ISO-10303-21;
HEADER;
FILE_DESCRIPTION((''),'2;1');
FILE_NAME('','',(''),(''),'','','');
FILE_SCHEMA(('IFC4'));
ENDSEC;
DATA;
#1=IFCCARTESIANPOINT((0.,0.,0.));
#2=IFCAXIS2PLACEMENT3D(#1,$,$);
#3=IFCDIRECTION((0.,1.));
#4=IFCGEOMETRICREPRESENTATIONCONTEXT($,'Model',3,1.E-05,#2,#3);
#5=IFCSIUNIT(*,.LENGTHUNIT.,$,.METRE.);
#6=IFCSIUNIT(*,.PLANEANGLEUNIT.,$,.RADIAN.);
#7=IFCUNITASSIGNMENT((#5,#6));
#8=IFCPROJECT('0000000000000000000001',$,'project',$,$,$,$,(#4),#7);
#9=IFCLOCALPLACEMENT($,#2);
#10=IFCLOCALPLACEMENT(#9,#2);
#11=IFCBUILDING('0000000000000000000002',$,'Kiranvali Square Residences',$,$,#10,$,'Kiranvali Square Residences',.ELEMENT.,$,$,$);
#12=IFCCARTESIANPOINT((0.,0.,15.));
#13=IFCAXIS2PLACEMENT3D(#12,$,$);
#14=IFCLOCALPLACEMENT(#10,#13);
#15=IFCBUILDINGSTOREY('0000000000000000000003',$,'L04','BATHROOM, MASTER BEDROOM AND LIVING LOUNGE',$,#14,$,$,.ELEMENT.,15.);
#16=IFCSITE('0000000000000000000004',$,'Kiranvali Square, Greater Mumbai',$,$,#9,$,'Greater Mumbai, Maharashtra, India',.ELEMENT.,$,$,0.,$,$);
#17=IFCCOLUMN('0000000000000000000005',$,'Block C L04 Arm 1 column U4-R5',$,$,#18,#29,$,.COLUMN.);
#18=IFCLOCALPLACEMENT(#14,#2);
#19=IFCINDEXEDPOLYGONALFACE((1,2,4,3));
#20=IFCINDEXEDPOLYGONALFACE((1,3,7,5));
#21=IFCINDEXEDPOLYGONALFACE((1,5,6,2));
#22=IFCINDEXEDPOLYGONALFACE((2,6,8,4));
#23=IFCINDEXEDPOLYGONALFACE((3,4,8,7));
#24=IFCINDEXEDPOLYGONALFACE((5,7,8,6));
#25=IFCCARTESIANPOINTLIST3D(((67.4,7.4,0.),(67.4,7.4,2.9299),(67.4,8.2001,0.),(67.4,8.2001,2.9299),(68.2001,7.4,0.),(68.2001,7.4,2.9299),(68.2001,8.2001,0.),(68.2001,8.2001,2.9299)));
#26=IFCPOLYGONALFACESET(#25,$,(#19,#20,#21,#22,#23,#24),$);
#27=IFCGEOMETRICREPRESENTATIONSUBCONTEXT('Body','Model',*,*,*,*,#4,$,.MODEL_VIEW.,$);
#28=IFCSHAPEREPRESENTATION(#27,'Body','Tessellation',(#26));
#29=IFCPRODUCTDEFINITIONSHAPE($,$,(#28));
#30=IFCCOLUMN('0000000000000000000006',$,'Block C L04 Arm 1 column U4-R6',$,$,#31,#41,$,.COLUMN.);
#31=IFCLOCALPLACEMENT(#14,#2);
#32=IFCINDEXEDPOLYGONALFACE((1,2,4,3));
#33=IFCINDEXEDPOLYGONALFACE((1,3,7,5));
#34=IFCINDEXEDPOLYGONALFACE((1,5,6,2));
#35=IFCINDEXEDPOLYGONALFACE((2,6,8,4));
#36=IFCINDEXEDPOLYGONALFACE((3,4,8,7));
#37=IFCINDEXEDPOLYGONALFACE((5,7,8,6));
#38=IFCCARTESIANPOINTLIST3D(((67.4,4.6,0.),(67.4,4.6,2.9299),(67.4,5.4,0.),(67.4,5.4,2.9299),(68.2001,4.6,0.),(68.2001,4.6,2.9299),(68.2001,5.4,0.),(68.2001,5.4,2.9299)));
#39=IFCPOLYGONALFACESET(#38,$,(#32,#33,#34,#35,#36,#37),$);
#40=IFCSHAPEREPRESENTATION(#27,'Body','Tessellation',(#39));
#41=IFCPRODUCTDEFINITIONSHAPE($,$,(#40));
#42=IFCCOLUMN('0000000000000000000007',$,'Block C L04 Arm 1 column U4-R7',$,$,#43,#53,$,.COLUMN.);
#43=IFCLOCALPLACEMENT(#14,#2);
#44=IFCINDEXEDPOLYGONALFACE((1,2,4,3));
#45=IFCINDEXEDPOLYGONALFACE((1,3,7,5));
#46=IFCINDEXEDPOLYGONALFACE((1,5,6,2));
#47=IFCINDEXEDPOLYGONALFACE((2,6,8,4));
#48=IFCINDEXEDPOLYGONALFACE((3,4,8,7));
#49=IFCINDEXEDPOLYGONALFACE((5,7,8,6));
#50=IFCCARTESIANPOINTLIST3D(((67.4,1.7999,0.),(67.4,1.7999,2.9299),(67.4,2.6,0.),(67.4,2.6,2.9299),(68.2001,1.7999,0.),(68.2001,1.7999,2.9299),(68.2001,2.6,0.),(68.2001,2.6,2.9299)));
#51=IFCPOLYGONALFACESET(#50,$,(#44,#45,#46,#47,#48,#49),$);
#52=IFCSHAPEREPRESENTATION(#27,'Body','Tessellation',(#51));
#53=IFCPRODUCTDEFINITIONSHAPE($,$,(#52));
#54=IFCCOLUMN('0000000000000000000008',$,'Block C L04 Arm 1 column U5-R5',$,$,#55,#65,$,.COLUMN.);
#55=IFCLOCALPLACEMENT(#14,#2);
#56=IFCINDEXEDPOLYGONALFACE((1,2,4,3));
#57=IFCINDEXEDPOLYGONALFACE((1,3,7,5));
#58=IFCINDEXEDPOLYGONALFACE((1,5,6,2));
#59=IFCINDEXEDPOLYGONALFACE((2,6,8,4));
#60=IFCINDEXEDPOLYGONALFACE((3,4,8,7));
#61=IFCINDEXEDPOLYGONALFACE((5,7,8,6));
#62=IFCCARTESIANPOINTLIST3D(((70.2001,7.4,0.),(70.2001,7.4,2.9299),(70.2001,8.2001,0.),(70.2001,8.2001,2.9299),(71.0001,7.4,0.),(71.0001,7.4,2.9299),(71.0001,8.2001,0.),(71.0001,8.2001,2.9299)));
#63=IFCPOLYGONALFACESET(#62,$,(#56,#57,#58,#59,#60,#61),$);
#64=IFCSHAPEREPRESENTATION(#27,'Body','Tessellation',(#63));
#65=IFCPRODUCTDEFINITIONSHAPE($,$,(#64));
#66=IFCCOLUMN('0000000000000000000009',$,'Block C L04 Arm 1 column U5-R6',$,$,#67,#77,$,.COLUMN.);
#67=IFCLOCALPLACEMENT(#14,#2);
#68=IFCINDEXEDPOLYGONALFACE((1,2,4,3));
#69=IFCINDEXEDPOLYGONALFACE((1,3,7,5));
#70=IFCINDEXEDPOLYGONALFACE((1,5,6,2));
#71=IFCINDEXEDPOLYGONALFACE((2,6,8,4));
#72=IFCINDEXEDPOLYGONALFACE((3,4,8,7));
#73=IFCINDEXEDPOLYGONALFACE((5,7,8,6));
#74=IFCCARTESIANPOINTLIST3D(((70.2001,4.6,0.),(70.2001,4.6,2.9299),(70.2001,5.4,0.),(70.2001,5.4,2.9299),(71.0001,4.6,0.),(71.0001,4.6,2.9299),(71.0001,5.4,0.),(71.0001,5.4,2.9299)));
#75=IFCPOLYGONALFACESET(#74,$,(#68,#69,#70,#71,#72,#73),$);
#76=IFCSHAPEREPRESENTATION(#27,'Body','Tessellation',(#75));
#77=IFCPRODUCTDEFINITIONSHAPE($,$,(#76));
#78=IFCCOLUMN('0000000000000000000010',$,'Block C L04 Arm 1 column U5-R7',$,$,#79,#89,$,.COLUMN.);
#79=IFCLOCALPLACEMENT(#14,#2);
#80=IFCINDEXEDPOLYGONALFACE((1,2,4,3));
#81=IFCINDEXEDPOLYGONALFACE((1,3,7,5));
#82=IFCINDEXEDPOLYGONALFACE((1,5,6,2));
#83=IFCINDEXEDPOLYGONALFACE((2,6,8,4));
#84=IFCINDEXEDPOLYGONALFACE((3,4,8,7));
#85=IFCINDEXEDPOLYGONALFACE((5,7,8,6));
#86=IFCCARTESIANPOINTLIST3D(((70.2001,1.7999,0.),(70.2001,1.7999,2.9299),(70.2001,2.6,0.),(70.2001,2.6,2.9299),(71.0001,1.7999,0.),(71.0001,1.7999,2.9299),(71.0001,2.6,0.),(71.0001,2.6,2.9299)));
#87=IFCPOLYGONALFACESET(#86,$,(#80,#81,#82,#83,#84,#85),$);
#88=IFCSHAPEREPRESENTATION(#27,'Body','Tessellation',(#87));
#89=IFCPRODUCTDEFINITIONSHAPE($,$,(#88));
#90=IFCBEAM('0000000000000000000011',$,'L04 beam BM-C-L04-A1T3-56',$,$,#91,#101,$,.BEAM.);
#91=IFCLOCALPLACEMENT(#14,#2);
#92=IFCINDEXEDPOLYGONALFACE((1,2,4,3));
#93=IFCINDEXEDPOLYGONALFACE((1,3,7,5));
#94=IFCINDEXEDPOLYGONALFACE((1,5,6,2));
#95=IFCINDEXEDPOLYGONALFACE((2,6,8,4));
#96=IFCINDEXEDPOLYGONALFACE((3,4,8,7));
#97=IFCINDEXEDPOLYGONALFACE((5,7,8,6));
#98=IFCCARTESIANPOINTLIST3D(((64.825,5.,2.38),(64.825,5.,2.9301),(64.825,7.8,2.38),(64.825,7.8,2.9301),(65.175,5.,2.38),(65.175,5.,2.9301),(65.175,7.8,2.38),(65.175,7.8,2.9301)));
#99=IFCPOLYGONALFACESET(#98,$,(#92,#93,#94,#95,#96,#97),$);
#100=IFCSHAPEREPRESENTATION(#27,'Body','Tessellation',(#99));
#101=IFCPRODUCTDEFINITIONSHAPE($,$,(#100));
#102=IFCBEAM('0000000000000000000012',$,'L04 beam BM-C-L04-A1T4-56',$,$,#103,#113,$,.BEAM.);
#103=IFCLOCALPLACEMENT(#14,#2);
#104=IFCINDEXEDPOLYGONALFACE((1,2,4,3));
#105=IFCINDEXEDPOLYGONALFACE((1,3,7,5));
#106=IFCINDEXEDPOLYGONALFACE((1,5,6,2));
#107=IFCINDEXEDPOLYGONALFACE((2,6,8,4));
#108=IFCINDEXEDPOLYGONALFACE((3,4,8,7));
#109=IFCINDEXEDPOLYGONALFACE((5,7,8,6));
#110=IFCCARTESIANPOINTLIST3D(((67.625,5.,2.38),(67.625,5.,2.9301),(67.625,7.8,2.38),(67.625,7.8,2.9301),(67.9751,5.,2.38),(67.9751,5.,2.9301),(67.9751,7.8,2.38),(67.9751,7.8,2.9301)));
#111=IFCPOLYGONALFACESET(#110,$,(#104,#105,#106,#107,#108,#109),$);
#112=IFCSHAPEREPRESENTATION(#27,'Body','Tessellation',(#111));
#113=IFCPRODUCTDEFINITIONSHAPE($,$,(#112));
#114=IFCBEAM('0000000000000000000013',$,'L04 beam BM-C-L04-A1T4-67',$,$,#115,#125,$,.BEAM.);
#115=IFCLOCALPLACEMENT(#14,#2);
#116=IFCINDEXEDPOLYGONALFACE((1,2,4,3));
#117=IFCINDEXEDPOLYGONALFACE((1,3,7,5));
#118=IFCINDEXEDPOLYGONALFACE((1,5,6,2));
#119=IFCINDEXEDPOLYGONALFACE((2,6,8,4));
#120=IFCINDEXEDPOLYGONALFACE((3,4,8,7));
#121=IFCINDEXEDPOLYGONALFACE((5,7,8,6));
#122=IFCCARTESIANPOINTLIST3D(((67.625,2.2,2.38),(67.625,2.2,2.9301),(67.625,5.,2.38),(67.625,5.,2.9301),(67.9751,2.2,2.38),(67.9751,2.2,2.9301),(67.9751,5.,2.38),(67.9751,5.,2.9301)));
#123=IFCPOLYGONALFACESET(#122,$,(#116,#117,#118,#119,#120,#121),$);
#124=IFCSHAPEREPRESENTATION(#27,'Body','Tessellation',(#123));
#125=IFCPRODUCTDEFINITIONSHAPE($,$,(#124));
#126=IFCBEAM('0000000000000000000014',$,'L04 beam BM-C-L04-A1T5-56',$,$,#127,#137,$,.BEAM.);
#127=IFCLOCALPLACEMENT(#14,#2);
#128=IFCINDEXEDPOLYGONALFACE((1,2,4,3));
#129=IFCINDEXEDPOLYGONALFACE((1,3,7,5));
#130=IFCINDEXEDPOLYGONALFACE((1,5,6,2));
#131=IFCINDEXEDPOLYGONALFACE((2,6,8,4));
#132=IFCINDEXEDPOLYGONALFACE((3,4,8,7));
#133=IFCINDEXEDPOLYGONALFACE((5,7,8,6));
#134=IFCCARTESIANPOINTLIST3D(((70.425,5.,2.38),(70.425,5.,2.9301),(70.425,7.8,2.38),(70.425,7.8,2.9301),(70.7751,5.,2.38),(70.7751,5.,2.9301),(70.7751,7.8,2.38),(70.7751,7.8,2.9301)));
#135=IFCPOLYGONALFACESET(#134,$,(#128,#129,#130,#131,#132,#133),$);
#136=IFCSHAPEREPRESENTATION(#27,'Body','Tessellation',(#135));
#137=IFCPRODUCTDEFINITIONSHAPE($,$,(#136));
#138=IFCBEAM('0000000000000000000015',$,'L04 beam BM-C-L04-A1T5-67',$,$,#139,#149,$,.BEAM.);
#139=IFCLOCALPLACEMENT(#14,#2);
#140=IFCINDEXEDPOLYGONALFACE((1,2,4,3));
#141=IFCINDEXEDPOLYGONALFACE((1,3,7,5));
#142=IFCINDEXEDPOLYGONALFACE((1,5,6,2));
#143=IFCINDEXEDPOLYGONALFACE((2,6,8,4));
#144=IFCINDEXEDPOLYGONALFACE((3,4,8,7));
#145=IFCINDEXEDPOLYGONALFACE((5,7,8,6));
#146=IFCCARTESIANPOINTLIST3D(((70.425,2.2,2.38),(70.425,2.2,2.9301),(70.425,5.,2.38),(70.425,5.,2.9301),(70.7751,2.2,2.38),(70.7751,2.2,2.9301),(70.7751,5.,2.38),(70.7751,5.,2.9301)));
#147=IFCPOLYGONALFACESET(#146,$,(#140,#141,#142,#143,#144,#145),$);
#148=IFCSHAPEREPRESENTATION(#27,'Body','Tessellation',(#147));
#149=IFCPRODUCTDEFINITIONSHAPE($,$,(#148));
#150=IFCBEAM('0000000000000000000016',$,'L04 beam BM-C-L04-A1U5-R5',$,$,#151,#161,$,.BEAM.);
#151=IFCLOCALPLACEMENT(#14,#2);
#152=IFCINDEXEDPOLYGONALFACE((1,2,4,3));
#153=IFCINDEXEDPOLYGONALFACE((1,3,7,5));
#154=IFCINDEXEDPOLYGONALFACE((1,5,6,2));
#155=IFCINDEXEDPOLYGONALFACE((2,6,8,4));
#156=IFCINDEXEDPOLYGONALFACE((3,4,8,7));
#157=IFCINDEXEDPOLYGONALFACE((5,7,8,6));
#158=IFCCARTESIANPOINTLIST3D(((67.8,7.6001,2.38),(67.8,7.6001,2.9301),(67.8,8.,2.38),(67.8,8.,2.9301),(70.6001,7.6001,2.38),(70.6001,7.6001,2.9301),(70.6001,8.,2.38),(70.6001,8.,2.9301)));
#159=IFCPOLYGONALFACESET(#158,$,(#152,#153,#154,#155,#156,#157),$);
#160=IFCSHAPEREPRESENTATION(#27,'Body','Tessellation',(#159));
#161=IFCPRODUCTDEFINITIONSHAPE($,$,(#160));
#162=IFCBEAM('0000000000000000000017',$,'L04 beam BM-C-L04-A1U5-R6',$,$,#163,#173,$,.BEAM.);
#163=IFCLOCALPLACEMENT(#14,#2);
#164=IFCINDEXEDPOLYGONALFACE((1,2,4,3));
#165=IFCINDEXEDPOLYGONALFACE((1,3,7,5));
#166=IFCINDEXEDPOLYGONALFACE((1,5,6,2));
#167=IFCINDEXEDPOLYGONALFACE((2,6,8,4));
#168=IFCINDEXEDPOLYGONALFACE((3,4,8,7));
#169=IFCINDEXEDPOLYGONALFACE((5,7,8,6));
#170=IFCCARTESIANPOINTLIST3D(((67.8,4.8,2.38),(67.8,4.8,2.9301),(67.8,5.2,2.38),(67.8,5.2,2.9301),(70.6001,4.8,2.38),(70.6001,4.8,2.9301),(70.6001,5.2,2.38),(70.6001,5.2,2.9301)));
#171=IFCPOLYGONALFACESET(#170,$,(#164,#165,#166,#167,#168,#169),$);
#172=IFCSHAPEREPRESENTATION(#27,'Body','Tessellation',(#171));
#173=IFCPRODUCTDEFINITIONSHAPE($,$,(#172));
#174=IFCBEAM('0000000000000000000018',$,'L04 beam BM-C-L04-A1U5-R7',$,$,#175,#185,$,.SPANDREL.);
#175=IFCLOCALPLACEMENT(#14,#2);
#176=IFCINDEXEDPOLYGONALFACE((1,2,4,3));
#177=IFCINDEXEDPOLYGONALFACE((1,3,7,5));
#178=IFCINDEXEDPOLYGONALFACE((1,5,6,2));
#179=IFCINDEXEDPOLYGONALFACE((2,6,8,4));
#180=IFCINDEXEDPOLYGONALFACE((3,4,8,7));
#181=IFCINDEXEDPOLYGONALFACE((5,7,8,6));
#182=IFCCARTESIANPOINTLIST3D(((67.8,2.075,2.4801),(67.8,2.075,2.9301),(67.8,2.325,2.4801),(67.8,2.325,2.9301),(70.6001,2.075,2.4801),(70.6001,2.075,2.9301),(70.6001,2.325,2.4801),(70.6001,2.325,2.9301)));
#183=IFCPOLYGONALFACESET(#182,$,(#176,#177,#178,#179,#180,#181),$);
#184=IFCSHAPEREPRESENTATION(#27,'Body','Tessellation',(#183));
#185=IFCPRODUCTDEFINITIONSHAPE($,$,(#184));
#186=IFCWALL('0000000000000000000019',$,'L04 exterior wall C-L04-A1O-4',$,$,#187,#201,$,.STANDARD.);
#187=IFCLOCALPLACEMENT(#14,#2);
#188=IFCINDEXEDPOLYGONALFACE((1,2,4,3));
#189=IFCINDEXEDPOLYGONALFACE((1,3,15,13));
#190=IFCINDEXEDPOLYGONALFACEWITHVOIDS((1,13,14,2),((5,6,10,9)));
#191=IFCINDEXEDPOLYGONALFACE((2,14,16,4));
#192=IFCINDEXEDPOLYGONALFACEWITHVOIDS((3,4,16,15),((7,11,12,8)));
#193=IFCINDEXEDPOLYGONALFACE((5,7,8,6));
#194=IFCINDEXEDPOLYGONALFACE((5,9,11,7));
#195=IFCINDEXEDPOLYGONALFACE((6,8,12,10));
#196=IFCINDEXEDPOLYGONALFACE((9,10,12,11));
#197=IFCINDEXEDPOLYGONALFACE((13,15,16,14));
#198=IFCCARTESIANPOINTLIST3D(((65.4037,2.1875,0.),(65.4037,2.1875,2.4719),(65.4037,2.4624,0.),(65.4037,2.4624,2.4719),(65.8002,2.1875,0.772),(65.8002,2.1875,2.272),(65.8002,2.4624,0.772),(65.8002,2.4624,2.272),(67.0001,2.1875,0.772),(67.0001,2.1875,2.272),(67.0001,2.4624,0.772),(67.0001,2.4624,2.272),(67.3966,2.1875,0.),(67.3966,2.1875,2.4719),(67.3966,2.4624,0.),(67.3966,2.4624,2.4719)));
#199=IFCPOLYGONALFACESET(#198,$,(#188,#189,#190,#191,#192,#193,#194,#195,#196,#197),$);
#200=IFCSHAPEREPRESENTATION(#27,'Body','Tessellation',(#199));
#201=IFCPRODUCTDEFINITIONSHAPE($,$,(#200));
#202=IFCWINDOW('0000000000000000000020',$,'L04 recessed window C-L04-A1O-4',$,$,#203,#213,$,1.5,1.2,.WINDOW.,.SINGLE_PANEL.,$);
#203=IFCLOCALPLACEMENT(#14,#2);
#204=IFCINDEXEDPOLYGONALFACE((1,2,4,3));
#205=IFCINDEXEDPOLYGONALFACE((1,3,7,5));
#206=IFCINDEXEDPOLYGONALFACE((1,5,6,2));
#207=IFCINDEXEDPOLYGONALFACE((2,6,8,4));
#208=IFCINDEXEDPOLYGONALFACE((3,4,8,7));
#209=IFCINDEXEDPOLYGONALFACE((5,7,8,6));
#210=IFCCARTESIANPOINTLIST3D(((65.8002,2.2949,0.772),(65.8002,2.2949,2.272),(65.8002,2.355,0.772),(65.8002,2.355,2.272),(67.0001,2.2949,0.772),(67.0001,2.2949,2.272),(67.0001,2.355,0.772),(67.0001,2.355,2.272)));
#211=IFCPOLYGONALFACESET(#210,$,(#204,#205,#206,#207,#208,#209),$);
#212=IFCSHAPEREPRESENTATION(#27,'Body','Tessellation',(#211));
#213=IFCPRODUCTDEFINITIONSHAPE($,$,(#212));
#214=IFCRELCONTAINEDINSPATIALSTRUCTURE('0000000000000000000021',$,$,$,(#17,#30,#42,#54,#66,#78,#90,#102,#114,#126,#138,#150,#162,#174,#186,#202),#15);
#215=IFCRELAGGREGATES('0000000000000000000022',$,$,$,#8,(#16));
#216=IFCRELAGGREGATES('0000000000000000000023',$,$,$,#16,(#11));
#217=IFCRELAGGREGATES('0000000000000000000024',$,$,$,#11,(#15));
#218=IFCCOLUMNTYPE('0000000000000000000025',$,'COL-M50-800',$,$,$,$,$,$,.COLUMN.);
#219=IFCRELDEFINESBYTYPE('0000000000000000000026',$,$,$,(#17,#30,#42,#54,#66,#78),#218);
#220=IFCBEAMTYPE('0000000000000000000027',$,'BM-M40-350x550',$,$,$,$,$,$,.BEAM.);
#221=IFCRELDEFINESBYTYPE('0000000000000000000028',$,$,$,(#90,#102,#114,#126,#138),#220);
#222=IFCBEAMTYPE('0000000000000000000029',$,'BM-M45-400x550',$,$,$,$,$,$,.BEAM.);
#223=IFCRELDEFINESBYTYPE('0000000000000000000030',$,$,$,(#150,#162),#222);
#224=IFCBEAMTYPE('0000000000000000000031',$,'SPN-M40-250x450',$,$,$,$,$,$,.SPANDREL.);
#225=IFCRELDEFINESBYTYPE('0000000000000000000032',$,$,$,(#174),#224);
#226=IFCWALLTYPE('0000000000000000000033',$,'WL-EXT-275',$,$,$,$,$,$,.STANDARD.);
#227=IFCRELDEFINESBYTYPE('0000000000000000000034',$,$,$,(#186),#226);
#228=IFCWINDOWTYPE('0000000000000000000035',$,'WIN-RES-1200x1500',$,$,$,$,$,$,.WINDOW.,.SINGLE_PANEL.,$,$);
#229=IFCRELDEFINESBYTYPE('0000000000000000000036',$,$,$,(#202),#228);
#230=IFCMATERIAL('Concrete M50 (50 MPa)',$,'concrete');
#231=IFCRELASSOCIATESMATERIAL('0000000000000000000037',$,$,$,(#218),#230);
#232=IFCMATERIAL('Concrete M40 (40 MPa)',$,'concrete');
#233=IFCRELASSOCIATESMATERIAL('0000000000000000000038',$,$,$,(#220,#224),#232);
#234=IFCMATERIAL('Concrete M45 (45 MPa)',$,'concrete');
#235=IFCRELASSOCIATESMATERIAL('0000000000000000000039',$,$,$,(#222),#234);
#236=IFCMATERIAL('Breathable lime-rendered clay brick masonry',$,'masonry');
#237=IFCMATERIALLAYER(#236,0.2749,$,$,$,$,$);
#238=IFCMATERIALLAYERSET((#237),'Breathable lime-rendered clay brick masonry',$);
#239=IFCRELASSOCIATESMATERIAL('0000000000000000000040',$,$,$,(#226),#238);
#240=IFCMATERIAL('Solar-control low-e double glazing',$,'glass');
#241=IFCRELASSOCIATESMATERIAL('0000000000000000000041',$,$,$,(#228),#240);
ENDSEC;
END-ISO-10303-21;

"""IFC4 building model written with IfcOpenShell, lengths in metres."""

from ifc_helpers import new_model, si_unit, direction, frame, frame_2d, origin, origin_2d, place, context, subcontext, project, spatial, rectangle, extrude, material, layer, layer_set, material_profile, profile_set, type_object, element, fill, save


model = new_model("IFC4")

# Units and contexts
model_context = context("Model", 3, precision=1e-05, world=origin(), true_north=direction((0.0, 1.0)))
body_context = subcontext(model_context, "Body", "Model", "MODEL_VIEW")
ifc_project = project(units=[si_unit("LENGTHUNIT", "METRE"), si_unit("PLANEANGLEUNIT", "RADIAN")], contexts=[model_context])

# Site, building, storey
site_placement = place(None, origin())
site = spatial("IfcSite", under=ifc_project, at=site_placement, Name="Kiranvali Square, Greater Mumbai", LongName="Greater Mumbai, Maharashtra, India", CompositionType="ELEMENT", RefElevation=0.0)
building_placement = place(site_placement, origin())
building = spatial("IfcBuilding", under=site, at=building_placement, Name="Kiranvali Square Residences", LongName="Kiranvali Square Residences", CompositionType="ELEMENT")
storey_placement = place(building_placement, frame((0.0, 0.0, 15.0)))
storey = spatial("IfcBuildingStorey", under=building, at=storey_placement, Name="L04", Description="BATHROOM, MASTER BEDROOM AND LIVING LOUNGE", CompositionType="ELEMENT", Elevation=15.0)

# Columns
ifc_material_1 = material(Name="Concrete M50 (50 MPa)", Category="concrete")
ifc_material_profile_1 = material_profile(ifc_material_1, rectangle(XDim=0.8, YDim=0.8, at=origin_2d()), Name="RC 800x800")
ifc_profile_set_1 = profile_set([ifc_material_profile_1], Name="Concrete M50 (50 MPa)")
column_type = type_object("IfcColumnType", Name="COL-M50-800", PredefinedType="COLUMN", material=ifc_profile_set_1)
for number, where, z_axis, x_axis, name in (
    (1, (67.8, 7.8, 0.0), (0.0, 0.0, 1.0), (1.0, 0.0, 0.0), "Block C L04 Arm 1 column U4-R5"),
    (2, (67.8, 5.0, 0.0), (0.0, 0.0, 1.0), (1.0, 0.0, 0.0), "Block C L04 Arm 1 column U4-R6"),
    (3, (67.8, 2.2, 0.0), (0.0, 0.0, 1.0), (1.0, 0.0, 0.0), "Block C L04 Arm 1 column U4-R7"),
    (4, (70.6001, 7.8, 0.0), (0.0, 0.0, 1.0), (1.0, 0.0, 0.0), "Block C L04 Arm 1 column U5-R5"),
    (5, (70.6001, 5.0, 0.0), (0.0, 0.0, 1.0), (1.0, 0.0, 0.0), "Block C L04 Arm 1 column U5-R6"),
    (6, (70.6001, 2.2, 0.0), (0.0, 0.0, 1.0), (1.0, 0.0, 0.0), "Block C L04 Arm 1 column U5-R7"),
):
    element("IfcColumn", number, at=place(storey_placement, frame(where, z_axis=z_axis, x_axis=x_axis)), inside=storey, type_object=column_type, Name=name, PredefinedType="COLUMN", context=body_context, shape_type="SweptSolid", body=[
        extrude(rectangle(XDim=0.8, YDim=0.8, at=origin_2d()), origin(), (0.0, 0.0, 1.0), 2.9299),
    ])

# Beams
ifc_material_2 = material(Name="Concrete M40 (40 MPa)", Category="concrete")
ifc_material_profile_2 = material_profile(ifc_material_2, rectangle(XDim=0.3501, YDim=0.55, at=origin_2d()), Name="RC 350x550")
ifc_profile_set_2 = profile_set([ifc_material_profile_2], Name="Concrete M40 (40 MPa)")
beam_type_1 = type_object("IfcBeamType", Name="BM-M40-350x550", PredefinedType="BEAM", material=ifc_profile_set_2)
for number, where, z_axis, x_axis, name in (
    (7, (65.0, 7.8, 2.655), (0.0, -1.0, 0.0), (1.0, 0.0, 0.0), "L04 beam BM-C-L04-A1T3-56"),
    (8, (67.8, 7.8, 2.655), (0.0, -1.0, 0.0), (1.0, 0.0, 0.0), "L04 beam BM-C-L04-A1T4-56"),
    (9, (67.8, 5.0, 2.655), (0.0, -1.0, 0.0), (1.0, 0.0, 0.0), "L04 beam BM-C-L04-A1T4-67"),
    (10, (70.6001, 7.8, 2.655), (0.0, -1.0, 0.0), (1.0, 0.0, 0.0), "L04 beam BM-C-L04-A1T5-56"),
    (11, (70.6001, 5.0, 2.655), (0.0, -1.0, 0.0), (1.0, 0.0, 0.0), "L04 beam BM-C-L04-A1T5-67"),
):
    element("IfcBeam", number, at=place(storey_placement, frame(where, z_axis=z_axis, x_axis=x_axis)), inside=storey, type_object=beam_type_1, Name=name, PredefinedType="BEAM", context=body_context, shape_type="SweptSolid", body=[
        extrude(rectangle(XDim=0.3501, YDim=0.55, at=origin_2d()), origin(), (0.0, 0.0, 1.0), 2.8),
    ])
ifc_material_3 = material(Name="Concrete M45 (45 MPa)", Category="concrete")
ifc_material_profile_3 = material_profile(ifc_material_3, rectangle(XDim=0.3999, YDim=0.55, at=origin_2d()), Name="RC 400x550")
ifc_profile_set_3 = profile_set([ifc_material_profile_3], Name="Concrete M45 (45 MPa)")
beam_type_2 = type_object("IfcBeamType", Name="BM-M45-400x550", PredefinedType="BEAM", material=ifc_profile_set_3)
for number, where, z_axis, x_axis, name in (
    (12, (67.8, 7.8, 2.655), (1.0, 0.0, 0.0), (0.0, 1.0, 0.0), "L04 beam BM-C-L04-A1U5-R5"),
    (13, (67.8, 5.0, 2.655), (1.0, 0.0, 0.0), (0.0, 1.0, 0.0), "L04 beam BM-C-L04-A1U5-R6"),
):
    element("IfcBeam", number, at=place(storey_placement, frame(where, z_axis=z_axis, x_axis=x_axis)), inside=storey, type_object=beam_type_2, Name=name, PredefinedType="BEAM", context=body_context, shape_type="SweptSolid", body=[
        extrude(rectangle(XDim=0.3999, YDim=0.55, at=origin_2d()), origin(), (0.0, 0.0, 1.0), 2.8),
    ])
ifc_material_profile_4 = material_profile(ifc_material_2, rectangle(XDim=0.25, YDim=0.45, at=origin_2d()), Name="RC 250x450")
ifc_profile_set_4 = profile_set([ifc_material_profile_4], Name="Concrete M40 (40 MPa)")
beam_type_3 = type_object("IfcBeamType", Name="SPN-M40-250x450", PredefinedType="SPANDREL", material=ifc_profile_set_4)
beam_placement = place(storey_placement, frame((67.8, 2.2, 2.7051), z_axis=(1.0, 0.0, 0.0), x_axis=(0.0, 1.0, 0.0)))
element("IfcBeam", 14, at=beam_placement, inside=storey, type_object=beam_type_3, Name="L04 beam BM-C-L04-A1U5-R7", PredefinedType="SPANDREL", context=body_context, shape_type="SweptSolid", body=[
    extrude(rectangle(XDim=0.25, YDim=0.45, at=origin_2d()), origin(), (0.0, 0.0, 1.0), 2.8),
])

# Wall, opening, window
ifc_material_4 = material(Name="Breathable lime-rendered clay brick masonry", Category="masonry")
ifc_layer = layer(ifc_material_4, 0.2749)
ifc_layer_set = layer_set([ifc_layer], Name="Breathable lime-rendered clay brick masonry")
wall_type = type_object("IfcWallType", Name="WL-EXT-275", PredefinedType="STANDARD", material=ifc_layer_set)
wall_1_placement = place(storey_placement, frame((65.4036, 2.325, 0.0), z_axis=(0.0, 0.0, 1.0), x_axis=(1.0, 0.0, 0.0)))
wall_1 = element("IfcWall", 15, at=wall_1_placement, inside=storey, type_object=wall_type, Name="L04 exterior wall C-L04-A1O-4", PredefinedType="STANDARD", context=body_context, shape_type="SweptSolid", body=[
    extrude(rectangle(XDim=1.9929, YDim=0.2749, at=frame_2d((0.9966, 0.0))), origin(), (0.0, 0.0, 1.0), 2.4719),
])
opening_1_placement = place(wall_1_placement, frame((0.3965, 0.0, 0.772)))
opening_1 = element("IfcOpeningElement", 16, at=opening_1_placement, cuts=wall_1, PredefinedType="OPENING", context=body_context, shape_type="SweptSolid", body=[
    extrude(rectangle(XDim=1.2, YDim=1.5, at=frame_2d((0.6001, 0.75))), frame((0.0, 0.1475, 0.0), z_axis=(0.0, -1.0, 0.0), x_axis=(1.0, 0.0, 0.0)), (0.0, 0.0, 1.0), 0.2949),
])
ifc_material_5 = material(Name="Solar-control low-e double glazing", Category="glass")
window_type_1 = type_object("IfcWindowType", Name="WIN-RES-1200x1500", PartitioningType="SINGLE_PANEL", PredefinedType="WINDOW", material=ifc_material_5)
window_1_placement = place(opening_1_placement, origin())
window_1 = element("IfcWindow", 17, at=window_1_placement, inside=storey, type_object=window_type_1, Name="L04 recessed window C-L04-A1O-4", OverallHeight=1.5, OverallWidth=1.2, PartitioningType="SINGLE_PANEL", PredefinedType="WINDOW", context=body_context, shape_type="SweptSolid", body=[
    extrude(rectangle(XDim=1.2, YDim=1.5, at=frame_2d((0.6001, 0.75))), frame((0.0, 0.03, 0.0), z_axis=(0.0, -1.0, 0.0), x_axis=(1.0, 0.0, 0.0)), (0.0, 0.0, 1.0), 0.0601),
])
fill(opening_1, window_1)

save(model, "model.ifc")
